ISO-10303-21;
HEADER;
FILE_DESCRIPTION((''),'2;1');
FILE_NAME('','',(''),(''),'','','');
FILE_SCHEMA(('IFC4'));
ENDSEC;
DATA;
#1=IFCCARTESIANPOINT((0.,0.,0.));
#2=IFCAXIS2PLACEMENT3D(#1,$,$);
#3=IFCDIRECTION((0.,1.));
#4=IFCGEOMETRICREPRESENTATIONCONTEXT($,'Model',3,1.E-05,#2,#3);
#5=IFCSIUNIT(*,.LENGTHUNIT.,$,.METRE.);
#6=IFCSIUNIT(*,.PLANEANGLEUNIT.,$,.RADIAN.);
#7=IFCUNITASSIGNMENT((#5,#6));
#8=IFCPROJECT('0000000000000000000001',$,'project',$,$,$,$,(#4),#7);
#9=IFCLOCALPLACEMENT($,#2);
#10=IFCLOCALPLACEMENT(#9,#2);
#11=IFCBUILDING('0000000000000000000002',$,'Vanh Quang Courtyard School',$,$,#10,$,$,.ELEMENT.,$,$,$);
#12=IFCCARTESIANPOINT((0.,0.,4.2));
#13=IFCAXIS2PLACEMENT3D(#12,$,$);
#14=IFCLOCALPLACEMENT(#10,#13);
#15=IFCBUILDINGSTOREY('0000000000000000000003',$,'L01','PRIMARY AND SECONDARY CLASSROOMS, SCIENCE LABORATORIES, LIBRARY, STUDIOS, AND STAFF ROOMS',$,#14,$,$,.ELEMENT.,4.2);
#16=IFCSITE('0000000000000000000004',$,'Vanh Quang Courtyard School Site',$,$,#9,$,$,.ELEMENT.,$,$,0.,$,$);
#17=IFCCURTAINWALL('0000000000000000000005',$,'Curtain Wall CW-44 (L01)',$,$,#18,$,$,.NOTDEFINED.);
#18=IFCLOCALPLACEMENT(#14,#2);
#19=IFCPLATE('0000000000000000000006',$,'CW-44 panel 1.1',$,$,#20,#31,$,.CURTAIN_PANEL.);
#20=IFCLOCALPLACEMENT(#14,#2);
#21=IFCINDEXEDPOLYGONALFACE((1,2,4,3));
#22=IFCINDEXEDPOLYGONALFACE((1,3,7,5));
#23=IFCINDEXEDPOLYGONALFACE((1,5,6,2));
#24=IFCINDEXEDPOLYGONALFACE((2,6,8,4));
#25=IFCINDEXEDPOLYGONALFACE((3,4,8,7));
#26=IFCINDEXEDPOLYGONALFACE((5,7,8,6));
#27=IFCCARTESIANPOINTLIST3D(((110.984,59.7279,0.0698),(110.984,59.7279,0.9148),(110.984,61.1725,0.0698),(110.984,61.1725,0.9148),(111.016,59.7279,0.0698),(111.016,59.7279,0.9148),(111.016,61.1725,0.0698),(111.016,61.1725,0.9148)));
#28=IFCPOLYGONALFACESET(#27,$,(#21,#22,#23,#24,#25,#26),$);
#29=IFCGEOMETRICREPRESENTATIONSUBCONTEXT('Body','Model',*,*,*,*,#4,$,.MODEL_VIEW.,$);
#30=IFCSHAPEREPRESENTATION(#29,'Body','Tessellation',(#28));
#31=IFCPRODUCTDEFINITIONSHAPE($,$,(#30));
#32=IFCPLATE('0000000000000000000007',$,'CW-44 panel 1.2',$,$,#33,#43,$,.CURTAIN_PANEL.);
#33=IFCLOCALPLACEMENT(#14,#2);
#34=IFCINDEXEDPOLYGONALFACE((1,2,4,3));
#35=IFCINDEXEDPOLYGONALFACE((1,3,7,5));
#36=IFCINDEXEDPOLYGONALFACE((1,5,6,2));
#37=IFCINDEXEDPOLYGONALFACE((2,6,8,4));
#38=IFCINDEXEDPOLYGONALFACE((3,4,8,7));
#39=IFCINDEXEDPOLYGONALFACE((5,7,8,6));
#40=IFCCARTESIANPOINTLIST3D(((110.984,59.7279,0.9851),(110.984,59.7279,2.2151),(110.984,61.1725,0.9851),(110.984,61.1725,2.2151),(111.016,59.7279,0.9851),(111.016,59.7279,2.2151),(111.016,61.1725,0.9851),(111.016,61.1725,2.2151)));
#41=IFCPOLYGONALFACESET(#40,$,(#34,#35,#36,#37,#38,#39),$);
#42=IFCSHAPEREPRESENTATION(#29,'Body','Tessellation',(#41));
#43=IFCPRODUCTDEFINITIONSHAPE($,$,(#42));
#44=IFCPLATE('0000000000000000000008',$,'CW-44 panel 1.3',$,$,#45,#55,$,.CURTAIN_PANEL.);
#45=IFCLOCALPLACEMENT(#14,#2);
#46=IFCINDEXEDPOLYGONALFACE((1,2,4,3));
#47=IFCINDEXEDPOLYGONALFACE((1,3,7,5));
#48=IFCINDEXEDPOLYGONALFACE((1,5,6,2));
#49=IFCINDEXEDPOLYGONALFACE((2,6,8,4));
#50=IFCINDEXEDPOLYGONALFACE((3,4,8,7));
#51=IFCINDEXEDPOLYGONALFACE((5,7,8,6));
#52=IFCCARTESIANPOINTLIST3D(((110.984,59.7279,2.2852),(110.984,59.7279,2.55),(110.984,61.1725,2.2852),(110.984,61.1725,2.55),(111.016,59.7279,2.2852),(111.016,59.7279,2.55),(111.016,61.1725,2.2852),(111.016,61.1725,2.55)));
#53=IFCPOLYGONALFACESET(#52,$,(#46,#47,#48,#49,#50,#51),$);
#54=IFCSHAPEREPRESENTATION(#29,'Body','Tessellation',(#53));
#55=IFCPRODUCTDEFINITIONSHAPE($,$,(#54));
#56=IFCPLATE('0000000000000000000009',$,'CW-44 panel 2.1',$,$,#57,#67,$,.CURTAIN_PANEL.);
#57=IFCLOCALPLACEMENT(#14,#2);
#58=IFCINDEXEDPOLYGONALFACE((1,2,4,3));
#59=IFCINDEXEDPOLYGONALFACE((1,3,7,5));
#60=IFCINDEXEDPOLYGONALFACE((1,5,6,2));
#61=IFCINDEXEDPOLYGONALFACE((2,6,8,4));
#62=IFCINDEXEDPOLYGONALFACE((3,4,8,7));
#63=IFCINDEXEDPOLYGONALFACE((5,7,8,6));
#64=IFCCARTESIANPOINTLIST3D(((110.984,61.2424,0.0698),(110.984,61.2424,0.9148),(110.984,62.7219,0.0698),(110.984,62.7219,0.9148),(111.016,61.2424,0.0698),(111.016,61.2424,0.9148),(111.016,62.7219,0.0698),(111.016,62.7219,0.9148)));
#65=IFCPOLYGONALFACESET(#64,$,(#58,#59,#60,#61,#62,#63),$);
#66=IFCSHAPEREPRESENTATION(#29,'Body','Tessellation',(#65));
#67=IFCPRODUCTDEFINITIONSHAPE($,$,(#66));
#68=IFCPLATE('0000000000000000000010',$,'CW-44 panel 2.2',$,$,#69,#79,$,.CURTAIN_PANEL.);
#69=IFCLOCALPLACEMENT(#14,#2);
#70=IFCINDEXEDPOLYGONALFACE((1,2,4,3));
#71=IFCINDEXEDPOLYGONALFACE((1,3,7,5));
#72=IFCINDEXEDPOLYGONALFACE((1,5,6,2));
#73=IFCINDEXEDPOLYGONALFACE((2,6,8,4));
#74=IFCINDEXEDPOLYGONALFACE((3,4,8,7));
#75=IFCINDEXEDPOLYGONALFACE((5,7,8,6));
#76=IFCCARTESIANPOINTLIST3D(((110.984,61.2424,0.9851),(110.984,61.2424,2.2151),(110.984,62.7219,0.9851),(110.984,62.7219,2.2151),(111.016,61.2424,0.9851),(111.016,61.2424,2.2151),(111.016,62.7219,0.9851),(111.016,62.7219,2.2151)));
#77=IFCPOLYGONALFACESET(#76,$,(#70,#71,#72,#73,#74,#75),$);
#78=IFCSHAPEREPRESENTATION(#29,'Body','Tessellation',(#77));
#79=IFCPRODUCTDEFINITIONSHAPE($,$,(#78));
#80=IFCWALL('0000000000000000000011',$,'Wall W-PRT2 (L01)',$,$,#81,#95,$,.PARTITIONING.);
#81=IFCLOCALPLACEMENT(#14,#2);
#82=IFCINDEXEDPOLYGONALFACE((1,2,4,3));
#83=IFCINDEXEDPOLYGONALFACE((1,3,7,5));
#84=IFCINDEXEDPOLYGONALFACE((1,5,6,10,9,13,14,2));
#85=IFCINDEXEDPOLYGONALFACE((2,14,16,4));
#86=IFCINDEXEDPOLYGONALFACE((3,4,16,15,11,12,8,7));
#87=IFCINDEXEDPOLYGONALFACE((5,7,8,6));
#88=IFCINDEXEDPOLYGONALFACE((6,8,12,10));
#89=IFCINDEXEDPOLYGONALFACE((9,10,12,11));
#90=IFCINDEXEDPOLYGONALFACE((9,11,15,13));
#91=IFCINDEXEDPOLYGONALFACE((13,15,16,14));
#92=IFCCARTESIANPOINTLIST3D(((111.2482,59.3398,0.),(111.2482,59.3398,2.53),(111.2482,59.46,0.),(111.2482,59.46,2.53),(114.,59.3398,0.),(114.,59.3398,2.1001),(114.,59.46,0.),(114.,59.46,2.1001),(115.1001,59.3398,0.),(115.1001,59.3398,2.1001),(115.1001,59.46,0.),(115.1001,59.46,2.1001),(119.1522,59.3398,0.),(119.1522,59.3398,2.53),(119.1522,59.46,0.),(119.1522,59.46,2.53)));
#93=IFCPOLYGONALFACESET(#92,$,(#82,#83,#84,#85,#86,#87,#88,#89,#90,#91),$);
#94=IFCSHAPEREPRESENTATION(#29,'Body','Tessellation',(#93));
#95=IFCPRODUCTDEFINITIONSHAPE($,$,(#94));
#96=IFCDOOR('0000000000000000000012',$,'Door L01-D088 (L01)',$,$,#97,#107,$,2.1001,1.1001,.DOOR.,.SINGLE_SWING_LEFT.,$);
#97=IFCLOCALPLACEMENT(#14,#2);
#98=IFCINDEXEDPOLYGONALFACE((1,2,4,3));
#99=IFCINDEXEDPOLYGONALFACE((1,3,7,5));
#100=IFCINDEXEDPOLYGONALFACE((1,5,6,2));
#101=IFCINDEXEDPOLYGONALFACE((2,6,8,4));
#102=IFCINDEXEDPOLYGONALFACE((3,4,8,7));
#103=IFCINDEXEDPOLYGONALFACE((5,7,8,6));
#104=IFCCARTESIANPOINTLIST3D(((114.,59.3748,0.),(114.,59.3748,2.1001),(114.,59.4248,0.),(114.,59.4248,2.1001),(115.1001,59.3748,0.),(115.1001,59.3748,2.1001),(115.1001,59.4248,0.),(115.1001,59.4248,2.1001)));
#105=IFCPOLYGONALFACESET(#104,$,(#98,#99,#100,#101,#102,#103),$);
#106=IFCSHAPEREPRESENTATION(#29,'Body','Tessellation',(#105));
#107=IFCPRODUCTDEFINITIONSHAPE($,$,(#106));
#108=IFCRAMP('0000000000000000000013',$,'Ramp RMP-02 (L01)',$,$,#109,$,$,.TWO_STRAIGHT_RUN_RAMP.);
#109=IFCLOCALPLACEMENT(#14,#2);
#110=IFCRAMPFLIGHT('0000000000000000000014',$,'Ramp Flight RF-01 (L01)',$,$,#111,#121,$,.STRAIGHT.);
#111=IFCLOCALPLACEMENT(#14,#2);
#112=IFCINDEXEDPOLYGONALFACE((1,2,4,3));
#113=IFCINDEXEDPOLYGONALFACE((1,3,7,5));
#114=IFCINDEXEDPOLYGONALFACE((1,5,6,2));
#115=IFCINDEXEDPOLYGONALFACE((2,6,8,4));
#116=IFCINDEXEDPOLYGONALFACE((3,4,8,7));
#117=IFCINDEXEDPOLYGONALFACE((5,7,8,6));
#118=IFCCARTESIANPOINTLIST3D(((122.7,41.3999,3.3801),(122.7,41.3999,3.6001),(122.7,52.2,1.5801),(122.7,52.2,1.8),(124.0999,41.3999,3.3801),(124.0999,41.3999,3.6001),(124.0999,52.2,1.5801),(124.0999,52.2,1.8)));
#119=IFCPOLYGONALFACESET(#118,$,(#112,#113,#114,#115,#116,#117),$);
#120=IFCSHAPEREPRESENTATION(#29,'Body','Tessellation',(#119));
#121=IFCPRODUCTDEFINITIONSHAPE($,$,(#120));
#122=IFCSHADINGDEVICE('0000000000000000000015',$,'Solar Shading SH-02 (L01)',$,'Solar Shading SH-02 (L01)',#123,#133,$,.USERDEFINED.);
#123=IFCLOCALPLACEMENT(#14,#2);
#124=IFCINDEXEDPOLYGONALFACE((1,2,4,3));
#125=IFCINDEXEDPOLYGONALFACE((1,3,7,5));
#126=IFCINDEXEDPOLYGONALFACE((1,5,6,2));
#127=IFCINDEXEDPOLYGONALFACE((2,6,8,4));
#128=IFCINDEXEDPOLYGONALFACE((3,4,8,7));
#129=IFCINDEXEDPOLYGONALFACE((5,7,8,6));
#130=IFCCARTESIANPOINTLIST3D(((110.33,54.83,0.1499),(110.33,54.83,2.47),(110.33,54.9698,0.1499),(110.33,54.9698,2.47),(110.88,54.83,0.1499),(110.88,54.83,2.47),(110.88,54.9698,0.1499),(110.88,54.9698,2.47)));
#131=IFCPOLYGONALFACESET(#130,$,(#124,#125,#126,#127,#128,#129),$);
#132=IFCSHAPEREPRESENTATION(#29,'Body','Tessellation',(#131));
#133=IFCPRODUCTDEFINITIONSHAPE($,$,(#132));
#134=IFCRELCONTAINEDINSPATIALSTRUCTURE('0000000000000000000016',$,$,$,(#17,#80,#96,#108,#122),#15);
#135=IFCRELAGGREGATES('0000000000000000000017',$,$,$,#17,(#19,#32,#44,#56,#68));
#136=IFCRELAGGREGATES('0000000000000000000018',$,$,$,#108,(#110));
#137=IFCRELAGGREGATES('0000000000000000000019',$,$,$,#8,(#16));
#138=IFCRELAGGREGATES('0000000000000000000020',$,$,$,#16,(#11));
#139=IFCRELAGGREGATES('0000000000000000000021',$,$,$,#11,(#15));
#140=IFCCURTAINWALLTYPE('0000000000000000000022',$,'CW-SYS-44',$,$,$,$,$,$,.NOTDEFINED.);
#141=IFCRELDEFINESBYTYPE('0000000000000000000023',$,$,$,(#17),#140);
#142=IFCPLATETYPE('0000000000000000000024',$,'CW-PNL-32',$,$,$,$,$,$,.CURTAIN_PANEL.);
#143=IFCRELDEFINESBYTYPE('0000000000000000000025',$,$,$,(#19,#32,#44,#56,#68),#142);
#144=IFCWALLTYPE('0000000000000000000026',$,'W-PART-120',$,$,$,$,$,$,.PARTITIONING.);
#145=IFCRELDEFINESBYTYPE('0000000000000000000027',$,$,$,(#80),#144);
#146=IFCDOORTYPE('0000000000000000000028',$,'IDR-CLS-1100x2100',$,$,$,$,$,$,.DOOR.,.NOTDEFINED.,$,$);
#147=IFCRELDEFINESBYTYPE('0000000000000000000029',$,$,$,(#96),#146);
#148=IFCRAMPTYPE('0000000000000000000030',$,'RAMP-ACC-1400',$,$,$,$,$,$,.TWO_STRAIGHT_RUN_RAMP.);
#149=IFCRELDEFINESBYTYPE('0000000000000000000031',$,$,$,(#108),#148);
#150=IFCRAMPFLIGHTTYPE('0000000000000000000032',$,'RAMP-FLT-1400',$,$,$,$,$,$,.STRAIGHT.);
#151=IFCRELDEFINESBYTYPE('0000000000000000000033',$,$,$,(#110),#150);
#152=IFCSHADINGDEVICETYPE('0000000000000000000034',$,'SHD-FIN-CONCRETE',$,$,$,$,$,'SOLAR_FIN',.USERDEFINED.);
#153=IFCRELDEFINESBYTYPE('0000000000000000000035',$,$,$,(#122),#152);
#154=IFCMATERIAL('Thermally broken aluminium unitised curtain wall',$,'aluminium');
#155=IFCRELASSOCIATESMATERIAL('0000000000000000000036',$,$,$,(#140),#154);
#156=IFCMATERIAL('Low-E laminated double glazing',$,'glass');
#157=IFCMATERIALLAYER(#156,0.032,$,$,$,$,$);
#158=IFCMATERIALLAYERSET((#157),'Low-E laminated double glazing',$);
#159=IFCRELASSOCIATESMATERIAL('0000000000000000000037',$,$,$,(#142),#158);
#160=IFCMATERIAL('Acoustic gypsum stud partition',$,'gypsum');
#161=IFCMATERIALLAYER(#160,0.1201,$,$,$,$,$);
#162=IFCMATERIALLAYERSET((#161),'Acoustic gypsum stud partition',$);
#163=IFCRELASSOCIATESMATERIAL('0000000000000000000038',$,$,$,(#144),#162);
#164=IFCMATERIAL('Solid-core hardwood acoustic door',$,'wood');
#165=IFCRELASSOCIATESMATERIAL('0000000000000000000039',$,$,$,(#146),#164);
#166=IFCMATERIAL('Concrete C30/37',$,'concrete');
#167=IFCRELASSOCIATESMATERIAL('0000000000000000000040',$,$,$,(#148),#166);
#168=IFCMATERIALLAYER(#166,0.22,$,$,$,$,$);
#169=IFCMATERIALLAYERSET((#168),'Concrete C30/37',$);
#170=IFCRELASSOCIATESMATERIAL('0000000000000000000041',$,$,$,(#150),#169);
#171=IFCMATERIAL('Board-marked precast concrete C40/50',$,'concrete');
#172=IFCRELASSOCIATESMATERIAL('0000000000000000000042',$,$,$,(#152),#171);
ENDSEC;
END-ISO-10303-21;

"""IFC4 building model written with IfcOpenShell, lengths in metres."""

from ifc_helpers import new_model, si_unit, direction, frame, frame_2d, origin, origin_2d, place, context, subcontext, project, spatial, polyline, rectangle, outline, extrude, material, layer, layer_set, type_object, element, fill, aggregate, save


model = new_model("IFC4")

# Units and contexts
model_context = context("Model", 3, precision=1e-05, world=origin(), true_north=direction((0.0, 1.0)))
body_context = subcontext(model_context, "Body", "Model", "MODEL_VIEW")
ifc_project = project(units=[si_unit("LENGTHUNIT", "METRE"), si_unit("PLANEANGLEUNIT", "RADIAN")], contexts=[model_context])

# Site, building, storey
site_placement = place(None, origin())
site = spatial("IfcSite", under=ifc_project, at=site_placement, Name="Vanh Quang Courtyard School Site", CompositionType="ELEMENT", RefElevation=0.0)
building_placement = place(site_placement, origin())
building = spatial("IfcBuilding", under=site, at=building_placement, Name="Vanh Quang Courtyard School", CompositionType="ELEMENT")
storey_placement = place(building_placement, frame((0.0, 0.0, 4.2)))
storey = spatial("IfcBuildingStorey", under=building, at=storey_placement, Name="L01", Description="PRIMARY AND SECONDARY CLASSROOMS, SCIENCE LABORATORIES, LIBRARY, STUDIOS, AND STAFF ROOMS", CompositionType="ELEMENT", Elevation=4.2)

# Curtain wall
ifc_material_1 = material(Name="Thermally broken aluminium unitised curtain wall", Category="aluminium")
curtain_wall_type = type_object("IfcCurtainWallType", Name="CW-SYS-44", PredefinedType="NOTDEFINED", material=ifc_material_1)
curtain_wall_placement = place(storey_placement, origin())
curtain_wall = element("IfcCurtainWall", 1, at=curtain_wall_placement, inside=storey, type_object=curtain_wall_type, Name="Curtain Wall CW-44 (L01)", PredefinedType="NOTDEFINED")

# Plates
ifc_material_2 = material(Name="Low-E laminated double glazing", Category="glass")
ifc_layer_1 = layer(ifc_material_2, 0.032)
ifc_layer_set_1 = layer_set([ifc_layer_1], Name="Low-E laminated double glazing")
plate_type = type_object("IfcPlateType", Name="CW-PNL-32", PredefinedType="CURTAIN_PANEL", material=ifc_layer_set_1)
plate_1_placement = place(storey_placement, frame((111.0, 60.4502, 0.0698), z_axis=(0.0, 0.0, 1.0), x_axis=(0.0, 1.0, 0.0)))
plate_1 = element("IfcPlate", 2, at=plate_1_placement, type_object=plate_type, Name="CW-44 panel 1.1", PredefinedType="CURTAIN_PANEL", context=body_context, shape_type="SweptSolid", body=[
    extrude(rectangle(XDim=1.4446, YDim=0.032, at=origin_2d()), origin(), (0.0, 0.0, 1.0), 0.845),
])
plate_2_placement = place(storey_placement, frame((111.0, 60.4502, 0.9851), z_axis=(0.0, 0.0, 1.0), x_axis=(0.0, 1.0, 0.0)))
plate_2 = element("IfcPlate", 3, at=plate_2_placement, type_object=plate_type, Name="CW-44 panel 1.2", PredefinedType="CURTAIN_PANEL", context=body_context, shape_type="SweptSolid", body=[
    extrude(rectangle(XDim=1.4446, YDim=0.032, at=origin_2d()), origin(), (0.0, 0.0, 1.0), 1.23),
])
plate_3_placement = place(storey_placement, frame((111.0, 60.4502, 2.2852), z_axis=(0.0, 0.0, 1.0), x_axis=(0.0, 1.0, 0.0)))
plate_3 = element("IfcPlate", 4, at=plate_3_placement, type_object=plate_type, Name="CW-44 panel 1.3", PredefinedType="CURTAIN_PANEL", context=body_context, shape_type="SweptSolid", body=[
    extrude(rectangle(XDim=1.4446, YDim=0.032, at=origin_2d()), origin(), (0.0, 0.0, 1.0), 0.2649),
])
plate_4_placement = place(storey_placement, frame((111.0, 61.9822, 0.0698), z_axis=(0.0, 0.0, 1.0), x_axis=(0.0, 1.0, 0.0)))
plate_4 = element("IfcPlate", 5, at=plate_4_placement, type_object=plate_type, Name="CW-44 panel 2.1", PredefinedType="CURTAIN_PANEL", context=body_context, shape_type="SweptSolid", body=[
    extrude(rectangle(XDim=1.4795, YDim=0.032, at=origin_2d()), origin(), (0.0, 0.0, 1.0), 0.845),
])
plate_5_placement = place(storey_placement, frame((111.0, 61.9822, 0.9851), z_axis=(0.0, 0.0, 1.0), x_axis=(0.0, 1.0, 0.0)))
plate_5 = element("IfcPlate", 6, at=plate_5_placement, type_object=plate_type, Name="CW-44 panel 2.2", PredefinedType="CURTAIN_PANEL", context=body_context, shape_type="SweptSolid", body=[
    extrude(rectangle(XDim=1.4795, YDim=0.032, at=origin_2d()), origin(), (0.0, 0.0, 1.0), 1.23),
])
aggregate(curtain_wall, [plate_1, plate_2, plate_3, plate_4, plate_5])

# Wall, opening, door
ifc_material_3 = material(Name="Acoustic gypsum stud partition", Category="gypsum")
ifc_layer_2 = layer(ifc_material_3, 0.1201)
ifc_layer_set_2 = layer_set([ifc_layer_2], Name="Acoustic gypsum stud partition")
wall_type = type_object("IfcWallType", Name="W-PART-120", PredefinedType="PARTITIONING", material=ifc_layer_set_2)
wall_placement = place(storey_placement, frame((111.248, 59.3999, 0.0), z_axis=(0.0, 0.0, 1.0), x_axis=(1.0, 0.0, 0.0)))
wall = element("IfcWall", 7, at=wall_placement, inside=storey, type_object=wall_type, Name="Wall W-PRT2 (L01)", PredefinedType="PARTITIONING", context=body_context, shape_type="SweptSolid", body=[
    extrude(rectangle(XDim=7.9041, YDim=0.1201, at=frame_2d((3.9521, 0.0))), origin(), (0.0, 0.0, 1.0), 2.53),
])
opening_placement = place(wall_placement, frame((2.752, 0.0, 0.0)))
opening = element("IfcOpeningElement", 8, at=opening_placement, cuts=wall, PredefinedType="OPENING", context=body_context, shape_type="SweptSolid", body=[
    extrude(rectangle(XDim=1.1001, YDim=2.1001, at=frame_2d((0.55, 1.05))), frame((0.0, 0.0701, 0.0), z_axis=(0.0, -1.0, 0.0), x_axis=(1.0, 0.0, 0.0)), (0.0, 0.0, 1.0), 0.1401),
])
ifc_material_4 = material(Name="Solid-core hardwood acoustic door", Category="wood")
door_type = type_object("IfcDoorType", Name="IDR-CLS-1100x2100", OperationType="NOTDEFINED", PredefinedType="DOOR", material=ifc_material_4)
door_placement = place(opening_placement, origin())
door = element("IfcDoor", 9, at=door_placement, inside=storey, type_object=door_type, Name="Door L01-D088 (L01)", OperationType="SINGLE_SWING_LEFT", OverallHeight=2.1001, OverallWidth=1.1001, PredefinedType="DOOR", context=body_context, shape_type="SweptSolid", body=[
    extrude(rectangle(XDim=1.1001, YDim=2.1001, at=frame_2d((0.55, 1.05))), frame((0.0, 0.0249, 0.0), z_axis=(0.0, -1.0, 0.0), x_axis=(1.0, 0.0, 0.0)), (0.0, 0.0, 1.0), 0.05),
])
fill(opening, door)

# Ramp, ramp flight
ifc_material_5 = material(Name="Concrete C30/37", Category="concrete")
ramp_type = type_object("IfcRampType", Name="RAMP-ACC-1400", PredefinedType="TWO_STRAIGHT_RUN_RAMP", material=ifc_material_5)
ramp_placement = place(storey_placement, origin())
ramp = element("IfcRamp", 10, at=ramp_placement, inside=storey, type_object=ramp_type, Name="Ramp RMP-02 (L01)", PredefinedType="TWO_STRAIGHT_RUN_RAMP")
ifc_layer_3 = layer(ifc_material_5, 0.22)
ifc_layer_set_3 = layer_set([ifc_layer_3], Name="Concrete C30/37")
ramp_flight_type = type_object("IfcRampFlightType", Name="RAMP-FLT-1400", PredefinedType="STRAIGHT", material=ifc_layer_set_3)
ramp_flight_placement = place(storey_placement, frame((123.3999, 52.2, 1.8), z_axis=(0.0, 0.0, 1.0), x_axis=(0.0, -1.0, 0.0)))
ramp_flight = element("IfcRampFlight", 11, at=ramp_flight_placement, type_object=ramp_flight_type, Name="Ramp Flight RF-01 (L01)", PredefinedType="STRAIGHT", context=body_context, shape_type="SweptSolid", body=[
    extrude(outline(polyline([(0.0, 0.0), (10.8, 1.8), (10.8, 1.5801), (0.0, -0.22), (0.0, 0.0)])), frame((0.0, 0.7, 0.0), z_axis=(0.0, -1.0, 0.0), x_axis=(1.0, 0.0, 0.0)), (0.0, 0.0, 1.0), 1.3999),
])
aggregate(ramp, [ramp_flight])

# Shading device
ifc_material_6 = material(Name="Board-marked precast concrete C40/50", Category="concrete")
shading_device_type = type_object("IfcShadingDeviceType", Name="SHD-FIN-CONCRETE", ElementType="SOLAR_FIN", PredefinedType="USERDEFINED", material=ifc_material_6)
shading_device_placement = place(storey_placement, frame((110.605, 54.8999, 0.1499), z_axis=(0.0, 0.0, 1.0), x_axis=(0.0, 1.0, 0.0)))
element("IfcShadingDevice", 12, at=shading_device_placement, inside=storey, type_object=shading_device_type, Name="Solar Shading SH-02 (L01)", ObjectType="Solar Shading SH-02 (L01)", PredefinedType="USERDEFINED", context=body_context, shape_type="SweptSolid", body=[
    extrude(rectangle(XDim=0.1399, YDim=0.55, at=origin_2d()), origin(), (0.0, 0.0, 1.0), 2.3201),
])

save(model, "model.ifc")
